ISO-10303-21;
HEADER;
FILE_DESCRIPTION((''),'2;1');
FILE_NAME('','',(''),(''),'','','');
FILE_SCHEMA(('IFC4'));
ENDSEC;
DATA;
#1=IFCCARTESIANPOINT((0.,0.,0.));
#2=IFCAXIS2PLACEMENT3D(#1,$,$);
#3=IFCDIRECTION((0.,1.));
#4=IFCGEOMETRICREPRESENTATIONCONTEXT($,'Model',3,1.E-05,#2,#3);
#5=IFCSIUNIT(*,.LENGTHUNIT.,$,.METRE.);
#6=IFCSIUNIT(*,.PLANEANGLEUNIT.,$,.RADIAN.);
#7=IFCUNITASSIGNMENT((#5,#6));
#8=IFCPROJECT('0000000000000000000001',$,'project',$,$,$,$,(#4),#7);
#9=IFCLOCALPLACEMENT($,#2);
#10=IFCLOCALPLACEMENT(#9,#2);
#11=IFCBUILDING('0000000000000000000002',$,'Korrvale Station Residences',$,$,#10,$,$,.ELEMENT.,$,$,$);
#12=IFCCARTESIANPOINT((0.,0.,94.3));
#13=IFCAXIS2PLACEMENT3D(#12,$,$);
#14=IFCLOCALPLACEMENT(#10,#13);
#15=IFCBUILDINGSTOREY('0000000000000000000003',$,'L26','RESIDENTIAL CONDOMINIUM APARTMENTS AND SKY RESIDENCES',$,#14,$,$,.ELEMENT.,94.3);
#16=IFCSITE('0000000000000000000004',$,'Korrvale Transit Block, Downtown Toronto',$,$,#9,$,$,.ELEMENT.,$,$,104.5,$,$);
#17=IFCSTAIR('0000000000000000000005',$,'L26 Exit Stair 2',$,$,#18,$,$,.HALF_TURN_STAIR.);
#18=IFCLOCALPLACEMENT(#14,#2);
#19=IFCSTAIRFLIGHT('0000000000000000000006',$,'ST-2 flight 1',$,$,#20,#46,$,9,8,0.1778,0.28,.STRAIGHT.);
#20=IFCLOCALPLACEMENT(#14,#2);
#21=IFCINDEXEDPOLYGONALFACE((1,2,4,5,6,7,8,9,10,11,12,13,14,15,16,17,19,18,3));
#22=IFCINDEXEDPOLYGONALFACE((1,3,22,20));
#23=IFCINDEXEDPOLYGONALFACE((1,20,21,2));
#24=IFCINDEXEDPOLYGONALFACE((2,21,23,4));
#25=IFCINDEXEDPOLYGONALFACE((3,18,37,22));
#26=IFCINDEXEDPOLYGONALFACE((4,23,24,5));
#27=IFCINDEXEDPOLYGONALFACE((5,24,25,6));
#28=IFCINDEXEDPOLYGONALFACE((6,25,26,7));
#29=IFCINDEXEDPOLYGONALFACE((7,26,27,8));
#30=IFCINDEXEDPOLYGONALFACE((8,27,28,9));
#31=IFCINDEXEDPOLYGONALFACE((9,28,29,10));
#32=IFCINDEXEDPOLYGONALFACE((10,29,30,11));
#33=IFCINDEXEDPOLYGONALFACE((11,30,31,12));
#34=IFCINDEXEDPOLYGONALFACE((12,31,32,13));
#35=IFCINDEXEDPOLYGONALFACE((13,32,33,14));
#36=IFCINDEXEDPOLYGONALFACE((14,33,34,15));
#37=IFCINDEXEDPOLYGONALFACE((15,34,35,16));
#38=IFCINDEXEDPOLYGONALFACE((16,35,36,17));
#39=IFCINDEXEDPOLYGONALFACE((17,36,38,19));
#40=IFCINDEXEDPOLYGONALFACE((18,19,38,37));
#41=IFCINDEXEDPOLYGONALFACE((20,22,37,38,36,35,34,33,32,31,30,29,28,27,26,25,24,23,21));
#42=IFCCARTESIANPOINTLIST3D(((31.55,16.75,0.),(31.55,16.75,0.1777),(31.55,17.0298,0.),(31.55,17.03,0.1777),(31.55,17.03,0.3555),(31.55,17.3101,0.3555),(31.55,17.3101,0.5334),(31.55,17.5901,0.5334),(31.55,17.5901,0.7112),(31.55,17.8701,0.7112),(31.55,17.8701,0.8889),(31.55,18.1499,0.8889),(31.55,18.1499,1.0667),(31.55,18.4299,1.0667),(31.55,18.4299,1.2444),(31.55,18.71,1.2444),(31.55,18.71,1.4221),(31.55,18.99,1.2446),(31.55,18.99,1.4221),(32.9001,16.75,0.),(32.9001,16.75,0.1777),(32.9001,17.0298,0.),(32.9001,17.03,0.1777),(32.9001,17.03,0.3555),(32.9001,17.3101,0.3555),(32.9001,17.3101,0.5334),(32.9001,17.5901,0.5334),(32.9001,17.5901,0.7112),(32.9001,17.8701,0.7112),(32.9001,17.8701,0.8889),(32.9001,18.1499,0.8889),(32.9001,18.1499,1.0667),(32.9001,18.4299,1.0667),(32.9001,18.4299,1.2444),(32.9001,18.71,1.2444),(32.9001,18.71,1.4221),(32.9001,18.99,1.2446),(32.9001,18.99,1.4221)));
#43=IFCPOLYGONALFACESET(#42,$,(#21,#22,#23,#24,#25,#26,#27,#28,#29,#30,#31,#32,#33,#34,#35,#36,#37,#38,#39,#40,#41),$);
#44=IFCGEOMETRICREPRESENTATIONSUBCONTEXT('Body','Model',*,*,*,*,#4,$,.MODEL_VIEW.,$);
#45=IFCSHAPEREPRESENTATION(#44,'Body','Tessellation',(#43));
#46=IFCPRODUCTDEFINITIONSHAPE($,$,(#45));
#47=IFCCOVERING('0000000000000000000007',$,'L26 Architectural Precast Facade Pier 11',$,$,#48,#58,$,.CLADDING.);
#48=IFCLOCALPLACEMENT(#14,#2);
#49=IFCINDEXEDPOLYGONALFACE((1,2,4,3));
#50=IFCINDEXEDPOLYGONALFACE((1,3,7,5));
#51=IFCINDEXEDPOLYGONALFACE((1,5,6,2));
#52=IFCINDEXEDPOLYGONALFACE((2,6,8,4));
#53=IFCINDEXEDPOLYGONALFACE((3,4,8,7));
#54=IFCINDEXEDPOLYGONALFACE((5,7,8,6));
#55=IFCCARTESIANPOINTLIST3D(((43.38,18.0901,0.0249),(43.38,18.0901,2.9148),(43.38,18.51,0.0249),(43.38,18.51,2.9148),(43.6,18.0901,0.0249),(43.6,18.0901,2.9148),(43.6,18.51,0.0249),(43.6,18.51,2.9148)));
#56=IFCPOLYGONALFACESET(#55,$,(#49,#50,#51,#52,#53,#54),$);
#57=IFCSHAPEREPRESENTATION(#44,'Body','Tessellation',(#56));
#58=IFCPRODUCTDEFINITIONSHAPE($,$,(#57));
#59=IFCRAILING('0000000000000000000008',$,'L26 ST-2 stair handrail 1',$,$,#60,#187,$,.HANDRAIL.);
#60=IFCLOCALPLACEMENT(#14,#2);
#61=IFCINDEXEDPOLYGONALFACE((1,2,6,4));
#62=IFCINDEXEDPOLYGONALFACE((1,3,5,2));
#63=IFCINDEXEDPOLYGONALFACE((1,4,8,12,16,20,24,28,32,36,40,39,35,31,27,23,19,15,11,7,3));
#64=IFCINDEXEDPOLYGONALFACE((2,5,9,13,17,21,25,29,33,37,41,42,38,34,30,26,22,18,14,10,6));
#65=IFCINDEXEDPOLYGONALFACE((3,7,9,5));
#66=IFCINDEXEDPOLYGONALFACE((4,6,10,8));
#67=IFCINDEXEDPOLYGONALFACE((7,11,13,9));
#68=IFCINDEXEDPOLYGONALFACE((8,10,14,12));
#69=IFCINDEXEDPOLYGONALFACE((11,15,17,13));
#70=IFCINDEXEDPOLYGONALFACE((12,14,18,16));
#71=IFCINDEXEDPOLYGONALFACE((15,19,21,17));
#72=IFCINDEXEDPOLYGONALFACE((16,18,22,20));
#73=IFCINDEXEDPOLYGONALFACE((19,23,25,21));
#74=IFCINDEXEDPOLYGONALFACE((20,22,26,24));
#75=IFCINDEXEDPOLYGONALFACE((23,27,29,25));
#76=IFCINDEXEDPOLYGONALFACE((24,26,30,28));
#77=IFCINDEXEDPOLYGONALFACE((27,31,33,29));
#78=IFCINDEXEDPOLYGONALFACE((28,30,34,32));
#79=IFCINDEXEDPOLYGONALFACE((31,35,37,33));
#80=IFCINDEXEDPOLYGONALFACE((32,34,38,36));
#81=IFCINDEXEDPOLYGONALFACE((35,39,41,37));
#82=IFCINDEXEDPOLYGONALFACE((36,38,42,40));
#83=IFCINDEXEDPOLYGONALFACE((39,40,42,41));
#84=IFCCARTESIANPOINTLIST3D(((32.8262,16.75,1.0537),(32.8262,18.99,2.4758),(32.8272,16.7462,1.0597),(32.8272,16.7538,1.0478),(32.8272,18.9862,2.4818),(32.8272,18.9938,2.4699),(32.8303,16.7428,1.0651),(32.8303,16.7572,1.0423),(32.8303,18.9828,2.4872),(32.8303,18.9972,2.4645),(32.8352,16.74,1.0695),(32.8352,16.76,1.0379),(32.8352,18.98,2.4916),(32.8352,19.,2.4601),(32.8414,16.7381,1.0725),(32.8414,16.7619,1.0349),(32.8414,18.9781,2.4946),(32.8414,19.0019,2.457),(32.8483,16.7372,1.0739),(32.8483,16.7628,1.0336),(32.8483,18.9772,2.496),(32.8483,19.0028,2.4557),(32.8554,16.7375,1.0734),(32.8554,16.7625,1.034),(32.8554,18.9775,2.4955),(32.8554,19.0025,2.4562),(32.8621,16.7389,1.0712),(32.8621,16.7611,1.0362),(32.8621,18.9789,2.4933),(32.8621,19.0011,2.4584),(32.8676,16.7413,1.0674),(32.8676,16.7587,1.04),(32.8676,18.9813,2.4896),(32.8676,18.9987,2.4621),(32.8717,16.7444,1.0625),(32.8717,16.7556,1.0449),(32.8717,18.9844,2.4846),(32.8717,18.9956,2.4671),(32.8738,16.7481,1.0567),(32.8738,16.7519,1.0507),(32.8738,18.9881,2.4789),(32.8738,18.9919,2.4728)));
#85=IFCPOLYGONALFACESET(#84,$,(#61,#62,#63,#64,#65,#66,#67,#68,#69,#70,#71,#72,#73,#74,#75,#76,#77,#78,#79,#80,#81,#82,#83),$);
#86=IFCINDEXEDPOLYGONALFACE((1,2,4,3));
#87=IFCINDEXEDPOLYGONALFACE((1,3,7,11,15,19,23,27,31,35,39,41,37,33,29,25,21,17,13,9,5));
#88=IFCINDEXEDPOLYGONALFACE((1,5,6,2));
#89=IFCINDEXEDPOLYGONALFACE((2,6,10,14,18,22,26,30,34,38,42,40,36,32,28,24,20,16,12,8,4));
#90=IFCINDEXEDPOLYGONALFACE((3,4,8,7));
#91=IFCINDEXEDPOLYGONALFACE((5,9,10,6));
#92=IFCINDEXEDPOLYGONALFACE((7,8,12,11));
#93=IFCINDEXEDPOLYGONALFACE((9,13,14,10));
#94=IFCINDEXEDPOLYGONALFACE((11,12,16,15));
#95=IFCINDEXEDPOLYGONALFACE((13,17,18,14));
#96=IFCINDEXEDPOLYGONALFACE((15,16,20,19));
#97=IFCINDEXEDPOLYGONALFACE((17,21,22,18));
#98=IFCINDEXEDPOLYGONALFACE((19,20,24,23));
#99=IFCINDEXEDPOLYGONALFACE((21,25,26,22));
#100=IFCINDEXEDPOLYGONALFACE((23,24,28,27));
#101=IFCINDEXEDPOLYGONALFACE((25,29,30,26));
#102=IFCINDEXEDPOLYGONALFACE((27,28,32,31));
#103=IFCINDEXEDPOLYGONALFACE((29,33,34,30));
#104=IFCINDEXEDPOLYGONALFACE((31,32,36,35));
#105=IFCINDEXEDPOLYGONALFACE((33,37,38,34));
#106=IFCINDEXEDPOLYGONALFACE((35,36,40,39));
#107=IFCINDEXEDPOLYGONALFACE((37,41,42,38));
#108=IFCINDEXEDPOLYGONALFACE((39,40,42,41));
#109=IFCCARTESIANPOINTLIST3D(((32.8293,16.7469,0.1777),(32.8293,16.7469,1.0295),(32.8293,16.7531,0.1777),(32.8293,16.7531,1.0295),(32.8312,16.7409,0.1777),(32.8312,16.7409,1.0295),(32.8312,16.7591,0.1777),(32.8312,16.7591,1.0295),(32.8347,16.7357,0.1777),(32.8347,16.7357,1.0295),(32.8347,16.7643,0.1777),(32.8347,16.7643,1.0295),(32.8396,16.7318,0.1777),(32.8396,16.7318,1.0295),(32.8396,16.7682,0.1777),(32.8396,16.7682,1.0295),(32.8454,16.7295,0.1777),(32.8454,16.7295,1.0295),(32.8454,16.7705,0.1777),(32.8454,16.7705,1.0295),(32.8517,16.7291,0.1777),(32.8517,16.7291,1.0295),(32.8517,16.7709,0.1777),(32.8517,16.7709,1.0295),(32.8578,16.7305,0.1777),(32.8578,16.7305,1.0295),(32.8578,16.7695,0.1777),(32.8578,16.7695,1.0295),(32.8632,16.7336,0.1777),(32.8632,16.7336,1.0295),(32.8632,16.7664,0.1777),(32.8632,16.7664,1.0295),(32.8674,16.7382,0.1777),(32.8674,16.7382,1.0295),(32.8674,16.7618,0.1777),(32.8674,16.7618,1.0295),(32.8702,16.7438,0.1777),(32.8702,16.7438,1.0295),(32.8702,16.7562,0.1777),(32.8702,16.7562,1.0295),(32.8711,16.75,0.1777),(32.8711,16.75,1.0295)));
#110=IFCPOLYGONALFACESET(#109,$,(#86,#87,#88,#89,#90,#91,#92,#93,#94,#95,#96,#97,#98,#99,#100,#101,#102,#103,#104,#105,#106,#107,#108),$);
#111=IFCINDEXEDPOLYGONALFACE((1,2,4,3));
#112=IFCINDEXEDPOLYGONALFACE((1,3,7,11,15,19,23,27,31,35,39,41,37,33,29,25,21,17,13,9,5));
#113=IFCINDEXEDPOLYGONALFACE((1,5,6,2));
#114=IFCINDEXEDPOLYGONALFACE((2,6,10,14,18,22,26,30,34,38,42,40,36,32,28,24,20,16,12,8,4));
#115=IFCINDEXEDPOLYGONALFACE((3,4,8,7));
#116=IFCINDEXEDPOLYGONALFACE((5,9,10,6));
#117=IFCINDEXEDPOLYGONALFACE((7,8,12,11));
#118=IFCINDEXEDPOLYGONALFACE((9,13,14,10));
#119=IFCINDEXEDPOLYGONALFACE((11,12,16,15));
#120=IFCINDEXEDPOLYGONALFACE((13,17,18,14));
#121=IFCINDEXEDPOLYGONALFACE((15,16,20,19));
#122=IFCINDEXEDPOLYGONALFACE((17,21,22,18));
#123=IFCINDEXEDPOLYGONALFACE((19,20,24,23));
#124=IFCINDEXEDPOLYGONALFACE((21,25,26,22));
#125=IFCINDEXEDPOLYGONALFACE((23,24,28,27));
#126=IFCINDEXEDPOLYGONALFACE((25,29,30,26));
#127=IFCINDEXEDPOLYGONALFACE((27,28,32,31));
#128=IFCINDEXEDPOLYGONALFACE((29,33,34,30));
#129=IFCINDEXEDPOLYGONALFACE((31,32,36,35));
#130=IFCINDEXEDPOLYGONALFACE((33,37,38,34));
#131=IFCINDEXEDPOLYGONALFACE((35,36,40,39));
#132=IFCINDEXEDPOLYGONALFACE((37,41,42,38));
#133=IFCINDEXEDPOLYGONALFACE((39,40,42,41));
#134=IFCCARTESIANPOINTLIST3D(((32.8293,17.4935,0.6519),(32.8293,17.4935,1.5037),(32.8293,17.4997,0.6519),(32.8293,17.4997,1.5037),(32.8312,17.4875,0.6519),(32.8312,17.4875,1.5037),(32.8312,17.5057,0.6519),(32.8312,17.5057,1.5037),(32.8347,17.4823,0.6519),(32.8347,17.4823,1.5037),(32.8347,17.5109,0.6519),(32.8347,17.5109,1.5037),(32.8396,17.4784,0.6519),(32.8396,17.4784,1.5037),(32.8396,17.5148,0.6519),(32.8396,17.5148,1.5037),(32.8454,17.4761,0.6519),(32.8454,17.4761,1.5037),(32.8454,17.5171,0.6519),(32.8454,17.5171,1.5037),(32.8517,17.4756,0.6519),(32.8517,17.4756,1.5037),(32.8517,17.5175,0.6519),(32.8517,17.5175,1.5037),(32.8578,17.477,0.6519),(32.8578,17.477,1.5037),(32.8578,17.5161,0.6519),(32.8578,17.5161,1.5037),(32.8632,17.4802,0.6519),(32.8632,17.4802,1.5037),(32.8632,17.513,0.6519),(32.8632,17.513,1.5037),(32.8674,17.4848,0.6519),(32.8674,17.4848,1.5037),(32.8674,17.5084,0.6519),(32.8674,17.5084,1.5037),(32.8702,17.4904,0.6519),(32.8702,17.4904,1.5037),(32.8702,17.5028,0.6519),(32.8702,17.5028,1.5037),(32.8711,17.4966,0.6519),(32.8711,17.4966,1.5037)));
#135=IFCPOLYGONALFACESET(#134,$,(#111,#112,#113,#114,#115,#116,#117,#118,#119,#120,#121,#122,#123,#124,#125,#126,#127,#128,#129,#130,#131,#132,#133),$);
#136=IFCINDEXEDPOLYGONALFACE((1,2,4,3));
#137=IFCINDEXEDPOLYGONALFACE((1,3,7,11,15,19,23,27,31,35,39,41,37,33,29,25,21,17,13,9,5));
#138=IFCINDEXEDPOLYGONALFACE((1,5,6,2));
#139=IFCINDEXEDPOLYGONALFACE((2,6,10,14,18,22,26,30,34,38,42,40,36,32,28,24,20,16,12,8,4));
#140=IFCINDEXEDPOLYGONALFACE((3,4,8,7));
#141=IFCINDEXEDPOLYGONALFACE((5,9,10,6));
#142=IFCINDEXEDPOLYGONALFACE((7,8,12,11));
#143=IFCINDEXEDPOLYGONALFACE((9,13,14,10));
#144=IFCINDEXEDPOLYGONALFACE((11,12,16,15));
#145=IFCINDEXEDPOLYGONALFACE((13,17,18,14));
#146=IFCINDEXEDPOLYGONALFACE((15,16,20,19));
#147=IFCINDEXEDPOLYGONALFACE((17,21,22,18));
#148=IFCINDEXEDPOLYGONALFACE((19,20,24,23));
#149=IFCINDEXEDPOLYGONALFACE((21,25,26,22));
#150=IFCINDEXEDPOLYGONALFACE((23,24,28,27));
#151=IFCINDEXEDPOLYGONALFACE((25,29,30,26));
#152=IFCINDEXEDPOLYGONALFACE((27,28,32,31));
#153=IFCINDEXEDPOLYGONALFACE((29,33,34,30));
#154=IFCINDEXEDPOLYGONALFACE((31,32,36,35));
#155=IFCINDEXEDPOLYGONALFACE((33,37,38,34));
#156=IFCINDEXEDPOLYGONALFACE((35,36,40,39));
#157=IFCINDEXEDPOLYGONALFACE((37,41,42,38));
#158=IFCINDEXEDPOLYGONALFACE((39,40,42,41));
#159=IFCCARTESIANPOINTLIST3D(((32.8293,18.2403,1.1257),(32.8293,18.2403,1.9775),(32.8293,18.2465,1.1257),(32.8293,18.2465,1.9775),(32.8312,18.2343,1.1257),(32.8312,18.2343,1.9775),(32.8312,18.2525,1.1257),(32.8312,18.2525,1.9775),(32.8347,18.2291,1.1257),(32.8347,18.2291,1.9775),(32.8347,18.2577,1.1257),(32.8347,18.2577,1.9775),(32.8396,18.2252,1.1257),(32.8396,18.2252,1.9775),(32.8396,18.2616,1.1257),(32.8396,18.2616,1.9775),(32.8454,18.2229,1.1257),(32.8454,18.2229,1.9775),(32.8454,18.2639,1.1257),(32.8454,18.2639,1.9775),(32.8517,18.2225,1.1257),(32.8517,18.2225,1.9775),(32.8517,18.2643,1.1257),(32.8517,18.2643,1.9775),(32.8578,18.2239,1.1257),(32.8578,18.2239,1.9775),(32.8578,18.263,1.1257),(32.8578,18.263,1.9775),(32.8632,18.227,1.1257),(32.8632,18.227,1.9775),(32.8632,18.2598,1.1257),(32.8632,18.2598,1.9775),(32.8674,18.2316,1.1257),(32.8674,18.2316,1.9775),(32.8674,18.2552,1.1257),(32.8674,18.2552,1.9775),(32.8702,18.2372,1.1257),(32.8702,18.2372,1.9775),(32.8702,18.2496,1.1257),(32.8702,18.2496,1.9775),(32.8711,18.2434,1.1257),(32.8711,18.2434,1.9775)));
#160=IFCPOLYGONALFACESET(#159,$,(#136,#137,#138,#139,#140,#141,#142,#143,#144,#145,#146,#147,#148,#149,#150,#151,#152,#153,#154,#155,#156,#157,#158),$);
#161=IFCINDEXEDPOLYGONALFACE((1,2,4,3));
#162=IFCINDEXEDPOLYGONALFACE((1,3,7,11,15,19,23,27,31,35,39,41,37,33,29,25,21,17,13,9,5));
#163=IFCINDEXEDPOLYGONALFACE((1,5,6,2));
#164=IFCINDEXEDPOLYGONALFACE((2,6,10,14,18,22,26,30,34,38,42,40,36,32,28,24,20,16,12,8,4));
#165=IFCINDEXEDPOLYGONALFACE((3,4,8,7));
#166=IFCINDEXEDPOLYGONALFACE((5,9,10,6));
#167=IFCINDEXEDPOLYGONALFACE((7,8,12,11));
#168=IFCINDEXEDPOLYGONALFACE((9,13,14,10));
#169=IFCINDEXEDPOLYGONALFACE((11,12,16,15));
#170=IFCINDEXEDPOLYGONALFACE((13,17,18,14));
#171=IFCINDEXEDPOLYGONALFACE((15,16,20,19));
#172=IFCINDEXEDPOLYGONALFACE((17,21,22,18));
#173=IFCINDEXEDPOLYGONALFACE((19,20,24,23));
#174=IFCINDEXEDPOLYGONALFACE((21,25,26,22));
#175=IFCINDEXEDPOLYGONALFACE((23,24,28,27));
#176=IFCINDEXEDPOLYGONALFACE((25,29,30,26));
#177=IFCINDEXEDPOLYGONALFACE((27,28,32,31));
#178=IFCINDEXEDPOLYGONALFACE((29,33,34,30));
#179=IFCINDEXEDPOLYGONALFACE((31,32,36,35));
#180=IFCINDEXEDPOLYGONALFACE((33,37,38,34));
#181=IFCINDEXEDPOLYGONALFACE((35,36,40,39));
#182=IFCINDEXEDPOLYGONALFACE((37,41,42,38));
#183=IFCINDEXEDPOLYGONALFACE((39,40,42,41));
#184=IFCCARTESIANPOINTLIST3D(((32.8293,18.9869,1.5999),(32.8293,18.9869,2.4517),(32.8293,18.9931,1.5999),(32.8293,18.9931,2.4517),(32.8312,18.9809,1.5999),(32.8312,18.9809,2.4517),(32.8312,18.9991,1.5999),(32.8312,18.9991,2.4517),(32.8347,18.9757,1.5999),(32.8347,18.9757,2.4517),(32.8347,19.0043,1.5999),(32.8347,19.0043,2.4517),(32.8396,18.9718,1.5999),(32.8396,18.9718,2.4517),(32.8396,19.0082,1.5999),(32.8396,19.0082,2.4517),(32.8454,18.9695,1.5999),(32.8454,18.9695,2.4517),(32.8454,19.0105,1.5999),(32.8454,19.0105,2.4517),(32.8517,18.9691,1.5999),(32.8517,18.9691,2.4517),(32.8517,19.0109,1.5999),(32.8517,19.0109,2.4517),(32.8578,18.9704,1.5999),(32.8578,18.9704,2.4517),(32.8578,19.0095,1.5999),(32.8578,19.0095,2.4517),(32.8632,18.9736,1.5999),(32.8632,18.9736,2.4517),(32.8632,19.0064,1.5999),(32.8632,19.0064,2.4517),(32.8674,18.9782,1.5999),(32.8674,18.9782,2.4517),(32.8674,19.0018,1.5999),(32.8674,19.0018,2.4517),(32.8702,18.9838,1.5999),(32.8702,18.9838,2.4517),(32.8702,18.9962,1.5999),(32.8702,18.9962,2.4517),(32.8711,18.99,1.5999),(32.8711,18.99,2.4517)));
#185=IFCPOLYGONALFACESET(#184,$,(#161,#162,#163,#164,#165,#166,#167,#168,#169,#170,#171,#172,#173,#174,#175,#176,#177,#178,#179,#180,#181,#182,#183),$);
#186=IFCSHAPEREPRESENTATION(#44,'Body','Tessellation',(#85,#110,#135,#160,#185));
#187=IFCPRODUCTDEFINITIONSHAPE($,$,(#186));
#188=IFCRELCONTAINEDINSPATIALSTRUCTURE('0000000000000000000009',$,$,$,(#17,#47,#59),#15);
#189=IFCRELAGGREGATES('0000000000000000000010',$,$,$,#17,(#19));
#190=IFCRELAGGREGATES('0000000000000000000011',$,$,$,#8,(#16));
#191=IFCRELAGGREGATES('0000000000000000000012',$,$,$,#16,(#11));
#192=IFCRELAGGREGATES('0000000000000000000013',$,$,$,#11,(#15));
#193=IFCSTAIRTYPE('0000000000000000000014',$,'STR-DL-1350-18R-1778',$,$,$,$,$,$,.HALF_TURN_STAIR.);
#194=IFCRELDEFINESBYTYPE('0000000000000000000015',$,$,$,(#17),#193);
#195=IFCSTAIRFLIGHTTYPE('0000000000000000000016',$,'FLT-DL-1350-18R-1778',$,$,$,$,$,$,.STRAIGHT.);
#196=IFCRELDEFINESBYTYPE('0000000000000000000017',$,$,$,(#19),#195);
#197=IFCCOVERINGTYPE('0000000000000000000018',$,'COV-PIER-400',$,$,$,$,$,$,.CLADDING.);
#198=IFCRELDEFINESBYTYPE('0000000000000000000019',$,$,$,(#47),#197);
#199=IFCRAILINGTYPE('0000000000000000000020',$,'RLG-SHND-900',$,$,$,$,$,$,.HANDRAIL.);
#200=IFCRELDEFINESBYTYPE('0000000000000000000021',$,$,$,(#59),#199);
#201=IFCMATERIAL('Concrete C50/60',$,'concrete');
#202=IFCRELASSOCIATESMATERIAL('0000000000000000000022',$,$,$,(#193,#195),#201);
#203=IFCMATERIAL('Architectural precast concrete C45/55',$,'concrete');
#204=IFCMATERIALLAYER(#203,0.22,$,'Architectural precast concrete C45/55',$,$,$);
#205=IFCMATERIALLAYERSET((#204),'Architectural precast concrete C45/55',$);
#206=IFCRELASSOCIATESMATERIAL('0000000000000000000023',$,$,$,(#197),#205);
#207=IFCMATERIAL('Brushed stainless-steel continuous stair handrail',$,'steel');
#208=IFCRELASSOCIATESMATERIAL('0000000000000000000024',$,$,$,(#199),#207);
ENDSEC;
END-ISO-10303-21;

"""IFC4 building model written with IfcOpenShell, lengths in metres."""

from ifc_helpers import new_model, si_unit, direction, frame, origin, origin_2d, place, context, subcontext, project, spatial, polyline, rectangle, circle, outline, extrude, material, layer, layer_set, type_object, element, aggregate, save


model = new_model("IFC4")

# Units and contexts
model_context = context("Model", 3, precision=1e-05, world=origin(), true_north=direction((0.0, 1.0)))
body_context = subcontext(model_context, "Body", "Model", "MODEL_VIEW")
ifc_project = project(units=[si_unit("LENGTHUNIT", "METRE"), si_unit("PLANEANGLEUNIT", "RADIAN")], contexts=[model_context])

# Site, building, storey
site_placement = place(None, origin())
site = spatial("IfcSite", under=ifc_project, at=site_placement, Name="Korrvale Transit Block, Downtown Toronto", CompositionType="ELEMENT", RefElevation=104.5)
building_placement = place(site_placement, origin())
building = spatial("IfcBuilding", under=site, at=building_placement, Name="Korrvale Station Residences", CompositionType="ELEMENT")
storey_placement = place(building_placement, frame((0.0, 0.0, 94.3)))
storey = spatial("IfcBuildingStorey", under=building, at=storey_placement, Name="L26", Description="RESIDENTIAL CONDOMINIUM APARTMENTS AND SKY RESIDENCES", CompositionType="ELEMENT", Elevation=94.3)

# Stair, stair flight
ifc_material_1 = material(Name="Concrete C50/60", Category="concrete")
stair_type = type_object("IfcStairType", Name="STR-DL-1350-18R-1778", PredefinedType="HALF_TURN_STAIR", material=ifc_material_1)
stair_placement = place(storey_placement, origin())
stair = element("IfcStair", 1, at=stair_placement, inside=storey, type_object=stair_type, Name="L26 Exit Stair 2", PredefinedType="HALF_TURN_STAIR")
stair_flight_type = type_object("IfcStairFlightType", Name="FLT-DL-1350-18R-1778", PredefinedType="STRAIGHT", material=ifc_material_1)
stair_flight_placement = place(storey_placement, frame((32.2251, 16.75, 0.0), z_axis=(0.0, 0.0, 1.0), x_axis=(0.0, 1.0, 0.0)))
stair_flight = element("IfcStairFlight", 2, at=stair_flight_placement, type_object=stair_flight_type, Name="ST-2 flight 1", NumberOfRisers=9, NumberOfTreads=8, PredefinedType="STRAIGHT", RiserHeight=0.1778, TreadLength=0.28, context=body_context, shape_type="SweptSolid", body=[
    extrude(outline(polyline([(0.0, 0.0), (0.0, 0.1777), (0.28, 0.1777), (0.28, 0.3555), (0.5601, 0.3555), (0.5601, 0.5334), (0.8401, 0.5334), (0.8401, 0.7112), (1.1201, 0.7112), (1.1201, 0.8889), (1.3999, 0.8889), (1.3999, 1.0667), (1.6799, 1.0667), (1.6799, 1.2444), (1.96, 1.2444), (1.96, 1.4221), (2.24, 1.4221), (2.24, 1.6001), (2.24, 1.2446), (0.2798, 0.0), (0.0, 0.0)])), frame((0.0, 0.675, 0.0), z_axis=(0.0, -1.0, 0.0), x_axis=(1.0, 0.0, 0.0)), (0.0, 0.0, 1.0), 1.3501),
])
aggregate(stair, [stair_flight])

# Covering
ifc_material_2 = material(Name="Architectural precast concrete C45/55", Category="concrete")
ifc_layer_1 = layer(ifc_material_2, 0.22, Name="Architectural precast concrete C45/55")
ifc_layer_set_1 = layer_set([ifc_layer_1], Name="Architectural precast concrete C45/55")
covering_type = type_object("IfcCoveringType", Name="COV-PIER-400", PredefinedType="CLADDING", material=ifc_layer_set_1)
covering_placement = place(storey_placement, frame((43.49, 18.3, 0.0249), z_axis=(0.0, 0.0, 1.0), x_axis=(0.0, 1.0, 0.0)))
element("IfcCovering", 3, at=covering_placement, inside=storey, type_object=covering_type, Name="L26 Architectural Precast Facade Pier 11", PredefinedType="CLADDING", context=body_context, shape_type="SweptSolid", body=[
    extrude(rectangle(XDim=0.4199, YDim=0.22, at=origin_2d()), origin(), (0.0, 0.0, 1.0), 2.8899),
])

# Railing
ifc_material_3 = material(Name="Brushed stainless-steel continuous stair handrail", Category="steel")
railing_type_1 = type_object("IfcRailingType", Name="RLG-SHND-900", PredefinedType="HANDRAIL", material=ifc_material_3)
railing_1_placement = place(storey_placement, frame((32.8501, 16.75, 0.1777)))
element("IfcRailing", 4, at=railing_1_placement, inside=storey, type_object=railing_type_1, Name="L26 ST-2 stair handrail 1", PredefinedType="HANDRAIL", context=body_context, shape_type="SweptSolid", body=[
    extrude(circle(Radius=0.0239, at=origin_2d()), frame((0.0, 0.0, 0.876), z_axis=(0.0, 0.844229, 0.535982), x_axis=(-1.0, 0.0, 0.0)), (0.0, 0.0, 1.0), 2.6533),
    extrude(circle(Radius=0.021, at=origin_2d()), origin(), (0.0, 0.0, 1.0), 0.8518),
    extrude(circle(Radius=0.021, at=origin_2d()), frame((0.0, 0.7466, 0.4741)), (0.0, 0.0, 1.0), 0.8518),
    extrude(circle(Radius=0.021, at=origin_2d()), frame((0.0, 1.4934, 0.948)), (0.0, 0.0, 1.0), 0.8518),
    extrude(circle(Radius=0.021, at=origin_2d()), frame((0.0, 2.24, 1.4221)), (0.0, 0.0, 1.0), 0.8518),
])

save(model, "model.ifc")
